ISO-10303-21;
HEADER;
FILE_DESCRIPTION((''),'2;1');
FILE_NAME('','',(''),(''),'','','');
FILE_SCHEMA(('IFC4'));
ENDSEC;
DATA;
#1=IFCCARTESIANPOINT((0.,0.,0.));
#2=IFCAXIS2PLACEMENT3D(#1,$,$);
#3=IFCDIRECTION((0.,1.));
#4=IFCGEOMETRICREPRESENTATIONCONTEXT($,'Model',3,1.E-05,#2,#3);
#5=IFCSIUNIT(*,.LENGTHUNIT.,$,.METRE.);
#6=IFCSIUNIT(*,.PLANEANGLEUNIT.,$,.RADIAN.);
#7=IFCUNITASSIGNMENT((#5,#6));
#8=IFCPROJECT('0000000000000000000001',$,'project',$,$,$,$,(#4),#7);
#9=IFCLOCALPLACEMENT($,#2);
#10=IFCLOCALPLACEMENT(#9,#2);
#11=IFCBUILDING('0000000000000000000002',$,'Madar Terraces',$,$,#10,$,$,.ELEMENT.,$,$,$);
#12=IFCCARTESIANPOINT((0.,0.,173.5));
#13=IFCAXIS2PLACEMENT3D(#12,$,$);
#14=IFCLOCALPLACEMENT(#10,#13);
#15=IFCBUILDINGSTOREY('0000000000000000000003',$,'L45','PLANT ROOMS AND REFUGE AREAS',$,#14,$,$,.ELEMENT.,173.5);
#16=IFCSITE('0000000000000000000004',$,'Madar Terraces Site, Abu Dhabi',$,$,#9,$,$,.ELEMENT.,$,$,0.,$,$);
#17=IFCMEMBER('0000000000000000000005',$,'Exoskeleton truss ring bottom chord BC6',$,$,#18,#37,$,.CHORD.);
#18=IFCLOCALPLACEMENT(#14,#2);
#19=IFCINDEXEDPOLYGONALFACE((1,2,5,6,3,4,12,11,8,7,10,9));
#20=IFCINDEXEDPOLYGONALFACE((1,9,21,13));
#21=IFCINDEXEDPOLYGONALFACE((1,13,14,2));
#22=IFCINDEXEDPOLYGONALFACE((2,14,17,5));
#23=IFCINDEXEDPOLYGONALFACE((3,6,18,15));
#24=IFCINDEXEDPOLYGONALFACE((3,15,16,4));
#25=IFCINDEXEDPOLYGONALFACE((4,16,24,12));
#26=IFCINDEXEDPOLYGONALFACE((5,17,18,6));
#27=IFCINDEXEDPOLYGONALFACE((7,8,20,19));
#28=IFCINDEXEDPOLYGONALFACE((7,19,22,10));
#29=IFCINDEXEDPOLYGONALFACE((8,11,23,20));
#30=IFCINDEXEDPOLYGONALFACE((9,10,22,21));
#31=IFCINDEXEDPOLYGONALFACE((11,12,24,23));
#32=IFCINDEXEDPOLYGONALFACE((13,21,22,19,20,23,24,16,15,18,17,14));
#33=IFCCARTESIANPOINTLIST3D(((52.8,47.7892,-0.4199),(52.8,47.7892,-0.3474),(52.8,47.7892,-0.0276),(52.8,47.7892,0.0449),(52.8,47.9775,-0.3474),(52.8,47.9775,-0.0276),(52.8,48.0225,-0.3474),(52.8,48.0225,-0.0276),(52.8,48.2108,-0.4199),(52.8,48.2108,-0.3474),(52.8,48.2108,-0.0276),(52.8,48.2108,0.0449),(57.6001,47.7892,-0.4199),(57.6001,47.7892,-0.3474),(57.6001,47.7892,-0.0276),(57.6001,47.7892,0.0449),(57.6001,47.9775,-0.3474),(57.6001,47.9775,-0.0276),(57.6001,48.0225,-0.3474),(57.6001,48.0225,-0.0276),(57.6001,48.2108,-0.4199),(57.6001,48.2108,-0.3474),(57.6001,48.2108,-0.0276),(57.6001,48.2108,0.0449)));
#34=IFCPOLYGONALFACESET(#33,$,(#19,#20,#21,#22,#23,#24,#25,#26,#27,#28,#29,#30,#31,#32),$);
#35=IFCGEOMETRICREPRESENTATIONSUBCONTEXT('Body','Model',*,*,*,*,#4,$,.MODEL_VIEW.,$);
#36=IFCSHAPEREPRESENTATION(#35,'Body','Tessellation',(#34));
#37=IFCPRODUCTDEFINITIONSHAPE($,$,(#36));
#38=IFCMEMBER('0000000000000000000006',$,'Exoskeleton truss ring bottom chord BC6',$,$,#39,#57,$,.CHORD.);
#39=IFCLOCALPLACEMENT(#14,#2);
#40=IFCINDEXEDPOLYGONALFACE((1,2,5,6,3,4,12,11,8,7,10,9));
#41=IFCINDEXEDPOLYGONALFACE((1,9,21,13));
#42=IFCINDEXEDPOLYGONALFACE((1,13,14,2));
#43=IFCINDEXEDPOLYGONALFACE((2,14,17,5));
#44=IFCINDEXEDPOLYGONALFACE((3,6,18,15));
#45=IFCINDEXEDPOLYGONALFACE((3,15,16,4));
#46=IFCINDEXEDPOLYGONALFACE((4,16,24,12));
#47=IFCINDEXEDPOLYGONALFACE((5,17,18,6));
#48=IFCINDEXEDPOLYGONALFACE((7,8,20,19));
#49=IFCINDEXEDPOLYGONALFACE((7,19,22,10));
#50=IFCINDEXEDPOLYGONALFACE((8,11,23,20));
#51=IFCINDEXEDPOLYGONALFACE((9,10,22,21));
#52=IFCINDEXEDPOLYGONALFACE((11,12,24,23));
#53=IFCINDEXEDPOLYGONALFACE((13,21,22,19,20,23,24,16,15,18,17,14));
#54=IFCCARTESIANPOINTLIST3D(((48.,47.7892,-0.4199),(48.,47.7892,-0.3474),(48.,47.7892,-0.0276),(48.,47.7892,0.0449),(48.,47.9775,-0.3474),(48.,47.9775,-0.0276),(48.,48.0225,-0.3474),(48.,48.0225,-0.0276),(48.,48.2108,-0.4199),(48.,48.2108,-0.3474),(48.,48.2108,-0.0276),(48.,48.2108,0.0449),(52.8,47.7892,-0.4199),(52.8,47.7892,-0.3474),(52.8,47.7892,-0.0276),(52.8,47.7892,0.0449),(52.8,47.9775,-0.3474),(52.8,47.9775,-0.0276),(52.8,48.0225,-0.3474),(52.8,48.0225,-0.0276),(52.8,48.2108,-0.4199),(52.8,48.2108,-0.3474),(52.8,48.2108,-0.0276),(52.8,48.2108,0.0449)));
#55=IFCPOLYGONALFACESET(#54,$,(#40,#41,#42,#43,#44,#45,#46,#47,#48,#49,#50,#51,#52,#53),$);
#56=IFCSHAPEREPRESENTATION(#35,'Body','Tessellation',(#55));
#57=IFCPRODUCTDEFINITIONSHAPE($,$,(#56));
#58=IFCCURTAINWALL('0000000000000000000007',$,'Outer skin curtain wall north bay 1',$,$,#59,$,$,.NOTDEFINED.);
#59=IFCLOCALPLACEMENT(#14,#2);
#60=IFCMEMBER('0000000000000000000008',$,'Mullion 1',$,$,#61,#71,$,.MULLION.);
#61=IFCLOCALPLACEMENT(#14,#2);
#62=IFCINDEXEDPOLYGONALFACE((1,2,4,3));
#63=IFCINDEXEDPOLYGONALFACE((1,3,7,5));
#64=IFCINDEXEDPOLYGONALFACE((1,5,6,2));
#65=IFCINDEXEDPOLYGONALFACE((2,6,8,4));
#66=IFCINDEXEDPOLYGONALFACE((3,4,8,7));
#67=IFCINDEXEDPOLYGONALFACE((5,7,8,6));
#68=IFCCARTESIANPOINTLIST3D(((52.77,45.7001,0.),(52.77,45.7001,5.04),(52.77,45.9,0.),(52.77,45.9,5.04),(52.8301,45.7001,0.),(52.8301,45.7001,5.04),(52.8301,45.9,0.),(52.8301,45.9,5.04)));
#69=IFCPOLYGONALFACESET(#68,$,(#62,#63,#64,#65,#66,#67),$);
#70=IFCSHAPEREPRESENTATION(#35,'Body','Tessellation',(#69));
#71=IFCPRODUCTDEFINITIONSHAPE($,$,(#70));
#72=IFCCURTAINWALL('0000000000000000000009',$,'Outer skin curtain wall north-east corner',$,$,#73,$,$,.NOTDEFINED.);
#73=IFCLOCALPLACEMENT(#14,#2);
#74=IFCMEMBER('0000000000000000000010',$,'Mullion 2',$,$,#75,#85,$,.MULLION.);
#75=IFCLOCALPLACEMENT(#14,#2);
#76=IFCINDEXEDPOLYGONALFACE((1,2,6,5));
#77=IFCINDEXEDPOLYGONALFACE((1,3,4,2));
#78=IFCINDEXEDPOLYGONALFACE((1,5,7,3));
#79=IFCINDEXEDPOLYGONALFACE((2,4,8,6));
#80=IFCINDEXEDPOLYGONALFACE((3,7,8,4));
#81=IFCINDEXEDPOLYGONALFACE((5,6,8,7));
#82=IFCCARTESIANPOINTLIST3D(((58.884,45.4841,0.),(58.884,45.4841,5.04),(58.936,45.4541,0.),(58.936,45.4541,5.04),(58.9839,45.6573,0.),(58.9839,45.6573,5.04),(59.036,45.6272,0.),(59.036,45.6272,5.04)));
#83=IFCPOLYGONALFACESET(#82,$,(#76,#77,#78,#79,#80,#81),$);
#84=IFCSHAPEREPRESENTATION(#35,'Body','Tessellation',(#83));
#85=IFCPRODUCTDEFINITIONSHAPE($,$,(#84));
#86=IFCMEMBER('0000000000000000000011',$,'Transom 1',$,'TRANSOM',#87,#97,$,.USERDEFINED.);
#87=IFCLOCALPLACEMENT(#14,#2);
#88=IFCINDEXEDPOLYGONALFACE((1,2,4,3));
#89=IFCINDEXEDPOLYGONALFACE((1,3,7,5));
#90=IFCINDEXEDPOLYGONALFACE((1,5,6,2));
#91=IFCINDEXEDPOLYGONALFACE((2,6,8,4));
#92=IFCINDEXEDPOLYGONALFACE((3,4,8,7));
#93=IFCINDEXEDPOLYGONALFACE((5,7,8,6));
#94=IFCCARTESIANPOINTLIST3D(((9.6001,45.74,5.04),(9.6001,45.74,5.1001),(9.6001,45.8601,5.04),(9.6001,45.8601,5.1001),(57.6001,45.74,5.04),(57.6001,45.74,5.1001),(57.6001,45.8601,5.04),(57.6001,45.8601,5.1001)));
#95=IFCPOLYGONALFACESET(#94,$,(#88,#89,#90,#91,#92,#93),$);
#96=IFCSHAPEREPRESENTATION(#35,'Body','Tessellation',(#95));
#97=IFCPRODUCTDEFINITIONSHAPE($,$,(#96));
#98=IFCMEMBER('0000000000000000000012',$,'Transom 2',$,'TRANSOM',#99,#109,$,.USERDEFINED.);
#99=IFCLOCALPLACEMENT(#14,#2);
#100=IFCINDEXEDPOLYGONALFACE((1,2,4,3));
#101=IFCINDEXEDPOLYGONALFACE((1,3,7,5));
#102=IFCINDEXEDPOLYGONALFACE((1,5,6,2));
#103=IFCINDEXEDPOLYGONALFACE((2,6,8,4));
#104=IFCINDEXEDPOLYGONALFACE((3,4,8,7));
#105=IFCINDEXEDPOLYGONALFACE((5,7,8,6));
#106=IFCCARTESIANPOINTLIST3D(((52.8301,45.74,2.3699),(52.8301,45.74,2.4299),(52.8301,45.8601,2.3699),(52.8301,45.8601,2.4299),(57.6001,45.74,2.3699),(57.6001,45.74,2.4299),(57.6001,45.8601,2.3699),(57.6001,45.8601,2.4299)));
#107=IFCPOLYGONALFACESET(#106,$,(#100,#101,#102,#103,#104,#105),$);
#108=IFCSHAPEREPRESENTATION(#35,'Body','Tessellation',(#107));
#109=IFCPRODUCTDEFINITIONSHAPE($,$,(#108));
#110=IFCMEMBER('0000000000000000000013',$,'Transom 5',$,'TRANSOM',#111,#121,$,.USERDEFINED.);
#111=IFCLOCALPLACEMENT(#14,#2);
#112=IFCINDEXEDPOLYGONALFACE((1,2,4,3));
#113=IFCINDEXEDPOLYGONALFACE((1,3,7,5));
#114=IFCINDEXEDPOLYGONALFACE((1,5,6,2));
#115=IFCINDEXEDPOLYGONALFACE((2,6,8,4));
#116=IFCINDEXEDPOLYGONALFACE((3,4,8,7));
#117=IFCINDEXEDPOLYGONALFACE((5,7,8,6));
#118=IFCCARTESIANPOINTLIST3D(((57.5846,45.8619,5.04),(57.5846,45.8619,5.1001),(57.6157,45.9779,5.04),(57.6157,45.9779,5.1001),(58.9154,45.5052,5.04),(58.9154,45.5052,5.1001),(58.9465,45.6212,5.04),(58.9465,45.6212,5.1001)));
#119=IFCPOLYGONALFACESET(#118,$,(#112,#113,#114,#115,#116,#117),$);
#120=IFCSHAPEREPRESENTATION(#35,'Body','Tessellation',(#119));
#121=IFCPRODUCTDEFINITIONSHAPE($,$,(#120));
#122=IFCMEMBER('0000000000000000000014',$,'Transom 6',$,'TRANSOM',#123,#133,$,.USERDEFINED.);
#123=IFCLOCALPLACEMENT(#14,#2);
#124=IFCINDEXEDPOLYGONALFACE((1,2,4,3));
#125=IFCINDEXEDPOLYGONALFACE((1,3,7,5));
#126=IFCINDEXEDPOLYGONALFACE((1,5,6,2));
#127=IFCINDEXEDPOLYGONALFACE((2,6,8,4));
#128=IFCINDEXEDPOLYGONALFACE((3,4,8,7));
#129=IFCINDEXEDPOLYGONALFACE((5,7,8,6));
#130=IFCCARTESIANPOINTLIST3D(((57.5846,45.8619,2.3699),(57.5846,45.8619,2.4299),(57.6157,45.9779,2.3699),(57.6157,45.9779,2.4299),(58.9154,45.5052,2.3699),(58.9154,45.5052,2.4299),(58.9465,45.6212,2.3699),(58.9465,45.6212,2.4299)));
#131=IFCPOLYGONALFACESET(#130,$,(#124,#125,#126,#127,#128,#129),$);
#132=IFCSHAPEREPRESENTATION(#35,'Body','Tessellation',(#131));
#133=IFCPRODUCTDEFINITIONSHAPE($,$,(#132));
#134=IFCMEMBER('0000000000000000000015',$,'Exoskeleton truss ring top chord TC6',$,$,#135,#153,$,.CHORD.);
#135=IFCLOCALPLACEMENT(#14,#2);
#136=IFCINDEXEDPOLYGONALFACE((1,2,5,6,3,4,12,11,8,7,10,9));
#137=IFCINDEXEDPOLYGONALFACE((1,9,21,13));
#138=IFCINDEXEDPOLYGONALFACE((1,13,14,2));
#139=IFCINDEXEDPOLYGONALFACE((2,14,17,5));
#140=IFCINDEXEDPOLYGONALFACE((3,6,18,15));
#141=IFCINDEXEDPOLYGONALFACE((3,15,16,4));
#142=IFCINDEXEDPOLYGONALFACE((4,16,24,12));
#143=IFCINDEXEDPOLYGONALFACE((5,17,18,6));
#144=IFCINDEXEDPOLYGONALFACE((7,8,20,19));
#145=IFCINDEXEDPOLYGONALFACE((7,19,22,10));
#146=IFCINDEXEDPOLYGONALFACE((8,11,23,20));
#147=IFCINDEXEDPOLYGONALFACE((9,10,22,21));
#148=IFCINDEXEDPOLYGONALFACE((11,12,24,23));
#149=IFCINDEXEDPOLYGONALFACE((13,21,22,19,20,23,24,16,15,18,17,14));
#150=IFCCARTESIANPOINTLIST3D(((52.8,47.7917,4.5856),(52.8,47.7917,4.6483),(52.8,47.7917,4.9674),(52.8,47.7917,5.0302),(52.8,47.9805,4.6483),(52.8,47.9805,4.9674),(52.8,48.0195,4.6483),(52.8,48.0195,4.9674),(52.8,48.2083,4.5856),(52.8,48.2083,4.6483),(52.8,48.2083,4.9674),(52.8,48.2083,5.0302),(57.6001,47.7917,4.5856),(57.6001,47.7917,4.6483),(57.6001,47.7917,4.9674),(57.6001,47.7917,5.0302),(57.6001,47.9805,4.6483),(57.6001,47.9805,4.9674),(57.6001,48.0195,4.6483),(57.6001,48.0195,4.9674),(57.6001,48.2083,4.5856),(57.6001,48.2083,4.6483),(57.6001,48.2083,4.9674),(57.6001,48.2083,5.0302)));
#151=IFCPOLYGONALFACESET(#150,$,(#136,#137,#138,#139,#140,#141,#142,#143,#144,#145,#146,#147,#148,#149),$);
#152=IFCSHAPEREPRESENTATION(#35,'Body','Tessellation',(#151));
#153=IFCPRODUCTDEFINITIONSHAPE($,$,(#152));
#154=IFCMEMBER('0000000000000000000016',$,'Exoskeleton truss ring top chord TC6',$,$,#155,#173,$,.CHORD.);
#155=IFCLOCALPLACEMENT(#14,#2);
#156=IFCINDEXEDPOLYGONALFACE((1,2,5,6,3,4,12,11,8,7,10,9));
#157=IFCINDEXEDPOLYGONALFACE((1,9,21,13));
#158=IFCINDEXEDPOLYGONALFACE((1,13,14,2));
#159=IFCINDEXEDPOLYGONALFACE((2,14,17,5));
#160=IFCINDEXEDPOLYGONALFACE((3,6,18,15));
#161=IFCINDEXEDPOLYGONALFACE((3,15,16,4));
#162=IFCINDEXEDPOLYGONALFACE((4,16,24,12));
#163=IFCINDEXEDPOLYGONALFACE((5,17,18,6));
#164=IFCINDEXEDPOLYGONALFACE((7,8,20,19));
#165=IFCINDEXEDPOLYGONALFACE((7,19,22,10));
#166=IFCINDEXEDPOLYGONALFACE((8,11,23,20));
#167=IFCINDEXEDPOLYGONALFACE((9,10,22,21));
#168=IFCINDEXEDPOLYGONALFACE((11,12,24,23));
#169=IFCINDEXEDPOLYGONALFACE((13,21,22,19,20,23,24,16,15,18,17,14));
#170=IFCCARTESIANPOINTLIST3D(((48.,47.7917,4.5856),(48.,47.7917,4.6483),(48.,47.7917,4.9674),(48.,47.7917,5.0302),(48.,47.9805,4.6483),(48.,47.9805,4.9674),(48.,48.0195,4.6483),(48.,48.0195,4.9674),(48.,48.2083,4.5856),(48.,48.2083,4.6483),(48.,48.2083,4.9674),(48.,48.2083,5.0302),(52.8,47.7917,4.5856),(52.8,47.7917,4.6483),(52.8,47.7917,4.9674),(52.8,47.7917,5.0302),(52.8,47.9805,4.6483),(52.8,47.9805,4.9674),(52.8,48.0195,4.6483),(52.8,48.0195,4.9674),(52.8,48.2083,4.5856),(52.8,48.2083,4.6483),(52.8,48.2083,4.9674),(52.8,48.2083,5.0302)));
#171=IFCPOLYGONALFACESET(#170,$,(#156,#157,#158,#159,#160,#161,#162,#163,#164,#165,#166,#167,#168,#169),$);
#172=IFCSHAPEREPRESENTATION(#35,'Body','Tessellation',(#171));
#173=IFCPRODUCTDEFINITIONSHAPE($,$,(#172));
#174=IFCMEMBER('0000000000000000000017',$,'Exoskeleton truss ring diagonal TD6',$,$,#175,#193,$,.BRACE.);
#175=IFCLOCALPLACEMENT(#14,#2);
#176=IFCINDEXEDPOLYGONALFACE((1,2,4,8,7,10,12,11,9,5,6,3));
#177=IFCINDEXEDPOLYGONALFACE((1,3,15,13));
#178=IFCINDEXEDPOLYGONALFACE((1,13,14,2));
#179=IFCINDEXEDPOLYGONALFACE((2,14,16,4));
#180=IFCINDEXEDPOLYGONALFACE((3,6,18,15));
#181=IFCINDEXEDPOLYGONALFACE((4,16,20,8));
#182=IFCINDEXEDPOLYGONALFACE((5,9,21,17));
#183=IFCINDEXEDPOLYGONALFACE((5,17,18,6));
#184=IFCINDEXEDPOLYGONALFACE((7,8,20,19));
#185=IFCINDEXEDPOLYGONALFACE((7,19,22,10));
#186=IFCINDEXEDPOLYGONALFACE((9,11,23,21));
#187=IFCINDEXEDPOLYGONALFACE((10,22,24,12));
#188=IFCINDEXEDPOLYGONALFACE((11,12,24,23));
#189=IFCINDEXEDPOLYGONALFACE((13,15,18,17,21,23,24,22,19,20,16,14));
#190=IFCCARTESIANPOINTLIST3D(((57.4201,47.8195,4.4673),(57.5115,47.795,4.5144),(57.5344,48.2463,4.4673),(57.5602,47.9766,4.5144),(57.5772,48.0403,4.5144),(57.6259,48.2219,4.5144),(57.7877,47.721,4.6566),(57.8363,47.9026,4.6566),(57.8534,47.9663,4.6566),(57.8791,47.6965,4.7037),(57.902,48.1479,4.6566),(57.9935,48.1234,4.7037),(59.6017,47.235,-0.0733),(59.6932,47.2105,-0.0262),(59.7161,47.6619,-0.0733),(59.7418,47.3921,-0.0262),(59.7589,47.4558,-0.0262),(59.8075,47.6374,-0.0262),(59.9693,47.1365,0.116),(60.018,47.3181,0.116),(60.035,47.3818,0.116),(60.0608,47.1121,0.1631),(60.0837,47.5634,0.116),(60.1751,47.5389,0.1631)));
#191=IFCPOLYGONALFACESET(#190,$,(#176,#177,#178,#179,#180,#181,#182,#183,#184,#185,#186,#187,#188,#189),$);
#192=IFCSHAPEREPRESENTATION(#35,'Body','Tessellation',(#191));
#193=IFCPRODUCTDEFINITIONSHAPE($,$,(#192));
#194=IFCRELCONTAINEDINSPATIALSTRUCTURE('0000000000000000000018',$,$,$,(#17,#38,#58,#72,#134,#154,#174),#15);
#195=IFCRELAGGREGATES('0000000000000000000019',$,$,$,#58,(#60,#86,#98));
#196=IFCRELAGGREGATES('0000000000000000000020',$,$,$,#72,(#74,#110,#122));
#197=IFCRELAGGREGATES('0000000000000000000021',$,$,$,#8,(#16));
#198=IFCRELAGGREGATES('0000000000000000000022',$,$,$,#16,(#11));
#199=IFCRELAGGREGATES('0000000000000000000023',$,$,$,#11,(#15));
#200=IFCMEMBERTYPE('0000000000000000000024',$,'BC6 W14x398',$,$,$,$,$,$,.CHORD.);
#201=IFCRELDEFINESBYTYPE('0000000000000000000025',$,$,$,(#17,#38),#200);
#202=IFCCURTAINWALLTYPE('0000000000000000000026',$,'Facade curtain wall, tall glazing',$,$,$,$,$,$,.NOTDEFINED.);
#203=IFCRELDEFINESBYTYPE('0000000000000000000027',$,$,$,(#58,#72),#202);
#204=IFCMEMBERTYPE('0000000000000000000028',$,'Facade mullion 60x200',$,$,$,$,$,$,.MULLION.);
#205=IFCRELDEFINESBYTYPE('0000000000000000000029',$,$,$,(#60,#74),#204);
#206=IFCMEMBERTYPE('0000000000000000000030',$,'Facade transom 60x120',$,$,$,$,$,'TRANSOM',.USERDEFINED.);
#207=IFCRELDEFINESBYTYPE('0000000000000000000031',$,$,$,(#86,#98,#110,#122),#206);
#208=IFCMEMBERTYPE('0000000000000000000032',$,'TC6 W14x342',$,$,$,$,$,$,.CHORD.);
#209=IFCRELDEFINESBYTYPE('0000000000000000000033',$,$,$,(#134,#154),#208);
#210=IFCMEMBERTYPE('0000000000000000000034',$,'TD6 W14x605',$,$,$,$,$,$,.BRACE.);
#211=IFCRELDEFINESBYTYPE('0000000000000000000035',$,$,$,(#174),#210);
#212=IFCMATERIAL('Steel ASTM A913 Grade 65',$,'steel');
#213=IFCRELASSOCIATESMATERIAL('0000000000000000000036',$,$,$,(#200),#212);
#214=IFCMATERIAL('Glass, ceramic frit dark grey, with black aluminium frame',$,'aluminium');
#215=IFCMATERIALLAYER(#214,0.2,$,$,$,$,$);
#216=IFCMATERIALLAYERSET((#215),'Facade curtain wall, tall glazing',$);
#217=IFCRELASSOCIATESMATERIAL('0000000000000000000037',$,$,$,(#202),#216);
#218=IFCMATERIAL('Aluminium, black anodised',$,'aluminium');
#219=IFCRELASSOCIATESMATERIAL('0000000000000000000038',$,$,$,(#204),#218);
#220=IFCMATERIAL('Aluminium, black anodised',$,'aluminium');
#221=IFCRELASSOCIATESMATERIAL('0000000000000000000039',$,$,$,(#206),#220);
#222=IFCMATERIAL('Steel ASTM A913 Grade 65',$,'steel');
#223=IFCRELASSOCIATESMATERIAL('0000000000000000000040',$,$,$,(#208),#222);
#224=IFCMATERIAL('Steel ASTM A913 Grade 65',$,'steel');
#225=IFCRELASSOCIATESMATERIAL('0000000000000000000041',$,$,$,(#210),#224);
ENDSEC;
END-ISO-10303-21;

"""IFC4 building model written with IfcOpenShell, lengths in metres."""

from ifc_helpers import new_model, si_unit, direction, frame, origin, origin_2d, place, context, subcontext, project, spatial, rectangle, i_section, extrude, material, layer, layer_set, material_profile, profile_set, type_object, element, aggregate, save


model = new_model("IFC4")

# Units and contexts
model_context = context("Model", 3, precision=1e-05, world=origin(), true_north=direction((0.0, 1.0)))
body_context = subcontext(model_context, "Body", "Model", "MODEL_VIEW")
ifc_project = project(units=[si_unit("LENGTHUNIT", "METRE"), si_unit("PLANEANGLEUNIT", "RADIAN")], contexts=[model_context])

# Site, building, storey
site_placement = place(None, origin())
site = spatial("IfcSite", under=ifc_project, at=site_placement, Name="Madar Terraces Site, Abu Dhabi", CompositionType="ELEMENT", RefElevation=0.0)
building_placement = place(site_placement, origin())
building = spatial("IfcBuilding", under=site, at=building_placement, Name="Madar Terraces", CompositionType="ELEMENT")
storey_placement = place(building_placement, frame((0.0, 0.0, 173.5)))
storey = spatial("IfcBuildingStorey", under=building, at=storey_placement, Name="L45", Description="PLANT ROOMS AND REFUGE AREAS", CompositionType="ELEMENT", Elevation=173.5)

# Members
ifc_material_1 = material(Name="Steel ASTM A913 Grade 65", Category="steel")
ifc_material_profile_1 = material_profile(ifc_material_1, i_section(OverallWidth=0.4216, OverallDepth=0.4648, WebThickness=0.0449, FlangeThickness=0.0725, at=origin_2d()), Name="W14x398")
ifc_profile_set_1 = profile_set([ifc_material_profile_1], Name="Steel ASTM A913 Grade 65")
member_type_1 = type_object("IfcMemberType", Name="BC6 W14x398", PredefinedType="CHORD", material=ifc_profile_set_1)
for number, where, z_axis, x_axis, name in (
    (1, (57.6001, 48.0, -0.1875), (-1.0, 0.0, 0.0), (0.0, -1.0, 0.0), "Exoskeleton truss ring bottom chord BC6"),
    (2, (52.8, 48.0, -0.1875), (-1.0, 0.0, 0.0), (0.0, -1.0, 0.0), "Exoskeleton truss ring bottom chord BC6"),
):
    element("IfcMember", number, at=place(storey_placement, frame(where, z_axis=z_axis, x_axis=x_axis)), inside=storey, type_object=member_type_1, Name=name, PredefinedType="CHORD", context=body_context, shape_type="SweptSolid", body=[
        extrude(i_section(OverallWidth=0.4216, OverallDepth=0.4648, WebThickness=0.0449, FlangeThickness=0.0725, at=origin_2d()), origin(), (0.0, 0.0, 1.0), 4.8),
    ])

# Curtain walls, members
ifc_material_2 = material(Name="Glass, ceramic frit dark grey, with black aluminium frame", Category="aluminium")
ifc_layer_1 = layer(ifc_material_2, 0.2)
ifc_layer_set_1 = layer_set([ifc_layer_1], Name="Facade curtain wall, tall glazing")
curtain_wall_type = type_object("IfcCurtainWallType", Name="Facade curtain wall, tall glazing", PredefinedType="NOTDEFINED", material=ifc_layer_set_1)
curtain_wall_1_placement = place(storey_placement, origin())
curtain_wall_1 = element("IfcCurtainWall", 3, at=curtain_wall_1_placement, inside=storey, type_object=curtain_wall_type, Name="Outer skin curtain wall north bay 1", PredefinedType="NOTDEFINED")
ifc_material_3 = material(Name="Aluminium, black anodised", Category="aluminium")
ifc_material_profile_2 = material_profile(ifc_material_3, rectangle(XDim=0.2, YDim=0.0601, at=origin_2d()), Name="Facade mullion 60x200")
ifc_profile_set_2 = profile_set([ifc_material_profile_2], Name="Aluminium, black anodised")
member_type_2 = type_object("IfcMemberType", Name="Facade mullion 60x200", PredefinedType="MULLION", material=ifc_profile_set_2)
member_1_placement = place(storey_placement, frame((52.8, 45.8, 0.0), z_axis=(0.0, 0.0, 1.0), x_axis=(0.0, -1.0, 0.0)))
member_1 = element("IfcMember", 4, at=member_1_placement, type_object=member_type_2, Name="Mullion 1", PredefinedType="MULLION", context=body_context, shape_type="SweptSolid", body=[
    extrude(rectangle(XDim=0.2, YDim=0.0601, at=origin_2d()), origin(), (0.0, 0.0, 1.0), 5.04),
])
curtain_wall_2_placement = place(storey_placement, origin())
curtain_wall_2 = element("IfcCurtainWall", 5, at=curtain_wall_2_placement, inside=storey, type_object=curtain_wall_type, Name="Outer skin curtain wall north-east corner", PredefinedType="NOTDEFINED")
member_2_placement = place(storey_placement, frame((58.96, 45.5557, 0.0), z_axis=(0.0, 0.0, 1.0), x_axis=(-0.5, -0.866025, 0.0)))
member_2 = element("IfcMember", 6, at=member_2_placement, type_object=member_type_2, Name="Mullion 2", PredefinedType="MULLION", context=body_context, shape_type="SweptSolid", body=[
    extrude(rectangle(XDim=0.2, YDim=0.0601, at=origin_2d()), origin(), (0.0, 0.0, 1.0), 5.04),
])

# Members
ifc_material_4 = material(Name="Aluminium, black anodised", Category="aluminium")
ifc_material_profile_3 = material_profile(ifc_material_4, rectangle(XDim=0.1201, YDim=0.0601, at=origin_2d()), Name="Facade transom 60x120")
ifc_profile_set_3 = profile_set([ifc_material_profile_3], Name="Aluminium, black anodised")
member_type_3 = type_object("IfcMemberType", Name="Facade transom 60x120", ElementType="TRANSOM", PredefinedType="USERDEFINED", material=ifc_profile_set_3)
member_3_placement = place(storey_placement, frame((57.6001, 45.8, 5.0701), z_axis=(-1.0, 0.0, 0.0), x_axis=(0.0, -1.0, 0.0)))
member_3 = element("IfcMember", 7, at=member_3_placement, type_object=member_type_3, Name="Transom 1", ObjectType="TRANSOM", PredefinedType="USERDEFINED", context=body_context, shape_type="SweptSolid", body=[
    extrude(rectangle(XDim=0.1201, YDim=0.0601, at=origin_2d()), origin(), (0.0, 0.0, 1.0), 48.0),
])
member_4_placement = place(storey_placement, frame((57.6001, 45.8, 2.3999), z_axis=(-1.0, 0.0, 0.0), x_axis=(0.0, -1.0, 0.0)))
member_4 = element("IfcMember", 8, at=member_4_placement, type_object=member_type_3, Name="Transom 2", ObjectType="TRANSOM", PredefinedType="USERDEFINED", context=body_context, shape_type="SweptSolid", body=[
    extrude(rectangle(XDim=0.1201, YDim=0.0601, at=origin_2d()), origin(), (0.0, 0.0, 1.0), 4.77),
])
member_5_placement = place(storey_placement, frame((58.9309, 45.5632, 5.0701), z_axis=(-0.965908, 0.258887, 0.0), x_axis=(-0.258887, -0.965908, 0.0)))
member_5 = element("IfcMember", 9, at=member_5_placement, type_object=member_type_3, Name="Transom 5", ObjectType="TRANSOM", PredefinedType="USERDEFINED", context=body_context, shape_type="SweptSolid", body=[
    extrude(rectangle(XDim=0.1201, YDim=0.0601, at=origin_2d()), origin(), (0.0, 0.0, 1.0), 1.3777),
])
member_6_placement = place(storey_placement, frame((58.9309, 45.5632, 2.3999), z_axis=(-0.965908, 0.258887, 0.0), x_axis=(-0.258887, -0.965908, 0.0)))
member_6 = element("IfcMember", 10, at=member_6_placement, type_object=member_type_3, Name="Transom 6", ObjectType="TRANSOM", PredefinedType="USERDEFINED", context=body_context, shape_type="SweptSolid", body=[
    extrude(rectangle(XDim=0.1201, YDim=0.0601, at=origin_2d()), origin(), (0.0, 0.0, 1.0), 1.3777),
])

# Members
ifc_material_5 = material(Name="Steel ASTM A913 Grade 65", Category="steel")
ifc_material_profile_4 = material_profile(ifc_material_5, i_section(OverallWidth=0.4165, OverallDepth=0.4446, WebThickness=0.0391, FlangeThickness=0.0627, at=origin_2d()), Name="W14x342")
ifc_profile_set_4 = profile_set([ifc_material_profile_4], Name="Steel ASTM A913 Grade 65")
member_type_4 = type_object("IfcMemberType", Name="TC6 W14x342", PredefinedType="CHORD", material=ifc_profile_set_4)
for number, where, z_axis, x_axis, name in (
    (11, (57.6001, 48.0, 4.8079), (-1.0, 0.0, 0.0), (0.0, -1.0, 0.0), "Exoskeleton truss ring top chord TC6"),
    (12, (52.8, 48.0, 4.8079), (-1.0, 0.0, 0.0), (0.0, -1.0, 0.0), "Exoskeleton truss ring top chord TC6"),
):
    element("IfcMember", number, at=place(storey_placement, frame(where, z_axis=z_axis, x_axis=x_axis)), inside=storey, type_object=member_type_4, Name=name, PredefinedType="CHORD", context=body_context, shape_type="SweptSolid", body=[
        extrude(i_section(OverallWidth=0.4165, OverallDepth=0.4446, WebThickness=0.0391, FlangeThickness=0.0627, at=origin_2d()), origin(), (0.0, 0.0, 1.0), 4.8),
    ])
ifc_material_6 = material(Name="Steel ASTM A913 Grade 65", Category="steel")
ifc_material_profile_5 = material_profile(ifc_material_6, i_section(OverallWidth=0.4419, OverallDepth=0.5308, WebThickness=0.0659, FlangeThickness=0.1057, at=origin_2d()), Name="W14x605")
ifc_profile_set_5 = profile_set([ifc_material_profile_5], Name="Steel ASTM A913 Grade 65")
member_type_5 = type_object("IfcMemberType", Name="TD6 W14x605", PredefinedType="BRACE", material=ifc_profile_set_5)
member_7_placement = place(storey_placement, frame((59.8884, 47.387, 0.0449), z_axis=(-0.430198, 0.115252, 0.895347), x_axis=(-0.258779, -0.965936, 0.0)))
element("IfcMember", 13, at=member_7_placement, inside=storey, type_object=member_type_5, Name="Exoskeleton truss ring diagonal TD6", PredefinedType="BRACE", context=body_context, shape_type="SweptSolid", body=[
    extrude(i_section(OverallWidth=0.4419, OverallDepth=0.5308, WebThickness=0.0659, FlangeThickness=0.1057, at=origin_2d()), origin(), (0.0, 0.0, 1.0), 5.0713),
])

aggregate(curtain_wall_1, [member_1, member_3, member_4])
aggregate(curtain_wall_2, [member_2, member_5, member_6])

save(model, "model.ifc")
